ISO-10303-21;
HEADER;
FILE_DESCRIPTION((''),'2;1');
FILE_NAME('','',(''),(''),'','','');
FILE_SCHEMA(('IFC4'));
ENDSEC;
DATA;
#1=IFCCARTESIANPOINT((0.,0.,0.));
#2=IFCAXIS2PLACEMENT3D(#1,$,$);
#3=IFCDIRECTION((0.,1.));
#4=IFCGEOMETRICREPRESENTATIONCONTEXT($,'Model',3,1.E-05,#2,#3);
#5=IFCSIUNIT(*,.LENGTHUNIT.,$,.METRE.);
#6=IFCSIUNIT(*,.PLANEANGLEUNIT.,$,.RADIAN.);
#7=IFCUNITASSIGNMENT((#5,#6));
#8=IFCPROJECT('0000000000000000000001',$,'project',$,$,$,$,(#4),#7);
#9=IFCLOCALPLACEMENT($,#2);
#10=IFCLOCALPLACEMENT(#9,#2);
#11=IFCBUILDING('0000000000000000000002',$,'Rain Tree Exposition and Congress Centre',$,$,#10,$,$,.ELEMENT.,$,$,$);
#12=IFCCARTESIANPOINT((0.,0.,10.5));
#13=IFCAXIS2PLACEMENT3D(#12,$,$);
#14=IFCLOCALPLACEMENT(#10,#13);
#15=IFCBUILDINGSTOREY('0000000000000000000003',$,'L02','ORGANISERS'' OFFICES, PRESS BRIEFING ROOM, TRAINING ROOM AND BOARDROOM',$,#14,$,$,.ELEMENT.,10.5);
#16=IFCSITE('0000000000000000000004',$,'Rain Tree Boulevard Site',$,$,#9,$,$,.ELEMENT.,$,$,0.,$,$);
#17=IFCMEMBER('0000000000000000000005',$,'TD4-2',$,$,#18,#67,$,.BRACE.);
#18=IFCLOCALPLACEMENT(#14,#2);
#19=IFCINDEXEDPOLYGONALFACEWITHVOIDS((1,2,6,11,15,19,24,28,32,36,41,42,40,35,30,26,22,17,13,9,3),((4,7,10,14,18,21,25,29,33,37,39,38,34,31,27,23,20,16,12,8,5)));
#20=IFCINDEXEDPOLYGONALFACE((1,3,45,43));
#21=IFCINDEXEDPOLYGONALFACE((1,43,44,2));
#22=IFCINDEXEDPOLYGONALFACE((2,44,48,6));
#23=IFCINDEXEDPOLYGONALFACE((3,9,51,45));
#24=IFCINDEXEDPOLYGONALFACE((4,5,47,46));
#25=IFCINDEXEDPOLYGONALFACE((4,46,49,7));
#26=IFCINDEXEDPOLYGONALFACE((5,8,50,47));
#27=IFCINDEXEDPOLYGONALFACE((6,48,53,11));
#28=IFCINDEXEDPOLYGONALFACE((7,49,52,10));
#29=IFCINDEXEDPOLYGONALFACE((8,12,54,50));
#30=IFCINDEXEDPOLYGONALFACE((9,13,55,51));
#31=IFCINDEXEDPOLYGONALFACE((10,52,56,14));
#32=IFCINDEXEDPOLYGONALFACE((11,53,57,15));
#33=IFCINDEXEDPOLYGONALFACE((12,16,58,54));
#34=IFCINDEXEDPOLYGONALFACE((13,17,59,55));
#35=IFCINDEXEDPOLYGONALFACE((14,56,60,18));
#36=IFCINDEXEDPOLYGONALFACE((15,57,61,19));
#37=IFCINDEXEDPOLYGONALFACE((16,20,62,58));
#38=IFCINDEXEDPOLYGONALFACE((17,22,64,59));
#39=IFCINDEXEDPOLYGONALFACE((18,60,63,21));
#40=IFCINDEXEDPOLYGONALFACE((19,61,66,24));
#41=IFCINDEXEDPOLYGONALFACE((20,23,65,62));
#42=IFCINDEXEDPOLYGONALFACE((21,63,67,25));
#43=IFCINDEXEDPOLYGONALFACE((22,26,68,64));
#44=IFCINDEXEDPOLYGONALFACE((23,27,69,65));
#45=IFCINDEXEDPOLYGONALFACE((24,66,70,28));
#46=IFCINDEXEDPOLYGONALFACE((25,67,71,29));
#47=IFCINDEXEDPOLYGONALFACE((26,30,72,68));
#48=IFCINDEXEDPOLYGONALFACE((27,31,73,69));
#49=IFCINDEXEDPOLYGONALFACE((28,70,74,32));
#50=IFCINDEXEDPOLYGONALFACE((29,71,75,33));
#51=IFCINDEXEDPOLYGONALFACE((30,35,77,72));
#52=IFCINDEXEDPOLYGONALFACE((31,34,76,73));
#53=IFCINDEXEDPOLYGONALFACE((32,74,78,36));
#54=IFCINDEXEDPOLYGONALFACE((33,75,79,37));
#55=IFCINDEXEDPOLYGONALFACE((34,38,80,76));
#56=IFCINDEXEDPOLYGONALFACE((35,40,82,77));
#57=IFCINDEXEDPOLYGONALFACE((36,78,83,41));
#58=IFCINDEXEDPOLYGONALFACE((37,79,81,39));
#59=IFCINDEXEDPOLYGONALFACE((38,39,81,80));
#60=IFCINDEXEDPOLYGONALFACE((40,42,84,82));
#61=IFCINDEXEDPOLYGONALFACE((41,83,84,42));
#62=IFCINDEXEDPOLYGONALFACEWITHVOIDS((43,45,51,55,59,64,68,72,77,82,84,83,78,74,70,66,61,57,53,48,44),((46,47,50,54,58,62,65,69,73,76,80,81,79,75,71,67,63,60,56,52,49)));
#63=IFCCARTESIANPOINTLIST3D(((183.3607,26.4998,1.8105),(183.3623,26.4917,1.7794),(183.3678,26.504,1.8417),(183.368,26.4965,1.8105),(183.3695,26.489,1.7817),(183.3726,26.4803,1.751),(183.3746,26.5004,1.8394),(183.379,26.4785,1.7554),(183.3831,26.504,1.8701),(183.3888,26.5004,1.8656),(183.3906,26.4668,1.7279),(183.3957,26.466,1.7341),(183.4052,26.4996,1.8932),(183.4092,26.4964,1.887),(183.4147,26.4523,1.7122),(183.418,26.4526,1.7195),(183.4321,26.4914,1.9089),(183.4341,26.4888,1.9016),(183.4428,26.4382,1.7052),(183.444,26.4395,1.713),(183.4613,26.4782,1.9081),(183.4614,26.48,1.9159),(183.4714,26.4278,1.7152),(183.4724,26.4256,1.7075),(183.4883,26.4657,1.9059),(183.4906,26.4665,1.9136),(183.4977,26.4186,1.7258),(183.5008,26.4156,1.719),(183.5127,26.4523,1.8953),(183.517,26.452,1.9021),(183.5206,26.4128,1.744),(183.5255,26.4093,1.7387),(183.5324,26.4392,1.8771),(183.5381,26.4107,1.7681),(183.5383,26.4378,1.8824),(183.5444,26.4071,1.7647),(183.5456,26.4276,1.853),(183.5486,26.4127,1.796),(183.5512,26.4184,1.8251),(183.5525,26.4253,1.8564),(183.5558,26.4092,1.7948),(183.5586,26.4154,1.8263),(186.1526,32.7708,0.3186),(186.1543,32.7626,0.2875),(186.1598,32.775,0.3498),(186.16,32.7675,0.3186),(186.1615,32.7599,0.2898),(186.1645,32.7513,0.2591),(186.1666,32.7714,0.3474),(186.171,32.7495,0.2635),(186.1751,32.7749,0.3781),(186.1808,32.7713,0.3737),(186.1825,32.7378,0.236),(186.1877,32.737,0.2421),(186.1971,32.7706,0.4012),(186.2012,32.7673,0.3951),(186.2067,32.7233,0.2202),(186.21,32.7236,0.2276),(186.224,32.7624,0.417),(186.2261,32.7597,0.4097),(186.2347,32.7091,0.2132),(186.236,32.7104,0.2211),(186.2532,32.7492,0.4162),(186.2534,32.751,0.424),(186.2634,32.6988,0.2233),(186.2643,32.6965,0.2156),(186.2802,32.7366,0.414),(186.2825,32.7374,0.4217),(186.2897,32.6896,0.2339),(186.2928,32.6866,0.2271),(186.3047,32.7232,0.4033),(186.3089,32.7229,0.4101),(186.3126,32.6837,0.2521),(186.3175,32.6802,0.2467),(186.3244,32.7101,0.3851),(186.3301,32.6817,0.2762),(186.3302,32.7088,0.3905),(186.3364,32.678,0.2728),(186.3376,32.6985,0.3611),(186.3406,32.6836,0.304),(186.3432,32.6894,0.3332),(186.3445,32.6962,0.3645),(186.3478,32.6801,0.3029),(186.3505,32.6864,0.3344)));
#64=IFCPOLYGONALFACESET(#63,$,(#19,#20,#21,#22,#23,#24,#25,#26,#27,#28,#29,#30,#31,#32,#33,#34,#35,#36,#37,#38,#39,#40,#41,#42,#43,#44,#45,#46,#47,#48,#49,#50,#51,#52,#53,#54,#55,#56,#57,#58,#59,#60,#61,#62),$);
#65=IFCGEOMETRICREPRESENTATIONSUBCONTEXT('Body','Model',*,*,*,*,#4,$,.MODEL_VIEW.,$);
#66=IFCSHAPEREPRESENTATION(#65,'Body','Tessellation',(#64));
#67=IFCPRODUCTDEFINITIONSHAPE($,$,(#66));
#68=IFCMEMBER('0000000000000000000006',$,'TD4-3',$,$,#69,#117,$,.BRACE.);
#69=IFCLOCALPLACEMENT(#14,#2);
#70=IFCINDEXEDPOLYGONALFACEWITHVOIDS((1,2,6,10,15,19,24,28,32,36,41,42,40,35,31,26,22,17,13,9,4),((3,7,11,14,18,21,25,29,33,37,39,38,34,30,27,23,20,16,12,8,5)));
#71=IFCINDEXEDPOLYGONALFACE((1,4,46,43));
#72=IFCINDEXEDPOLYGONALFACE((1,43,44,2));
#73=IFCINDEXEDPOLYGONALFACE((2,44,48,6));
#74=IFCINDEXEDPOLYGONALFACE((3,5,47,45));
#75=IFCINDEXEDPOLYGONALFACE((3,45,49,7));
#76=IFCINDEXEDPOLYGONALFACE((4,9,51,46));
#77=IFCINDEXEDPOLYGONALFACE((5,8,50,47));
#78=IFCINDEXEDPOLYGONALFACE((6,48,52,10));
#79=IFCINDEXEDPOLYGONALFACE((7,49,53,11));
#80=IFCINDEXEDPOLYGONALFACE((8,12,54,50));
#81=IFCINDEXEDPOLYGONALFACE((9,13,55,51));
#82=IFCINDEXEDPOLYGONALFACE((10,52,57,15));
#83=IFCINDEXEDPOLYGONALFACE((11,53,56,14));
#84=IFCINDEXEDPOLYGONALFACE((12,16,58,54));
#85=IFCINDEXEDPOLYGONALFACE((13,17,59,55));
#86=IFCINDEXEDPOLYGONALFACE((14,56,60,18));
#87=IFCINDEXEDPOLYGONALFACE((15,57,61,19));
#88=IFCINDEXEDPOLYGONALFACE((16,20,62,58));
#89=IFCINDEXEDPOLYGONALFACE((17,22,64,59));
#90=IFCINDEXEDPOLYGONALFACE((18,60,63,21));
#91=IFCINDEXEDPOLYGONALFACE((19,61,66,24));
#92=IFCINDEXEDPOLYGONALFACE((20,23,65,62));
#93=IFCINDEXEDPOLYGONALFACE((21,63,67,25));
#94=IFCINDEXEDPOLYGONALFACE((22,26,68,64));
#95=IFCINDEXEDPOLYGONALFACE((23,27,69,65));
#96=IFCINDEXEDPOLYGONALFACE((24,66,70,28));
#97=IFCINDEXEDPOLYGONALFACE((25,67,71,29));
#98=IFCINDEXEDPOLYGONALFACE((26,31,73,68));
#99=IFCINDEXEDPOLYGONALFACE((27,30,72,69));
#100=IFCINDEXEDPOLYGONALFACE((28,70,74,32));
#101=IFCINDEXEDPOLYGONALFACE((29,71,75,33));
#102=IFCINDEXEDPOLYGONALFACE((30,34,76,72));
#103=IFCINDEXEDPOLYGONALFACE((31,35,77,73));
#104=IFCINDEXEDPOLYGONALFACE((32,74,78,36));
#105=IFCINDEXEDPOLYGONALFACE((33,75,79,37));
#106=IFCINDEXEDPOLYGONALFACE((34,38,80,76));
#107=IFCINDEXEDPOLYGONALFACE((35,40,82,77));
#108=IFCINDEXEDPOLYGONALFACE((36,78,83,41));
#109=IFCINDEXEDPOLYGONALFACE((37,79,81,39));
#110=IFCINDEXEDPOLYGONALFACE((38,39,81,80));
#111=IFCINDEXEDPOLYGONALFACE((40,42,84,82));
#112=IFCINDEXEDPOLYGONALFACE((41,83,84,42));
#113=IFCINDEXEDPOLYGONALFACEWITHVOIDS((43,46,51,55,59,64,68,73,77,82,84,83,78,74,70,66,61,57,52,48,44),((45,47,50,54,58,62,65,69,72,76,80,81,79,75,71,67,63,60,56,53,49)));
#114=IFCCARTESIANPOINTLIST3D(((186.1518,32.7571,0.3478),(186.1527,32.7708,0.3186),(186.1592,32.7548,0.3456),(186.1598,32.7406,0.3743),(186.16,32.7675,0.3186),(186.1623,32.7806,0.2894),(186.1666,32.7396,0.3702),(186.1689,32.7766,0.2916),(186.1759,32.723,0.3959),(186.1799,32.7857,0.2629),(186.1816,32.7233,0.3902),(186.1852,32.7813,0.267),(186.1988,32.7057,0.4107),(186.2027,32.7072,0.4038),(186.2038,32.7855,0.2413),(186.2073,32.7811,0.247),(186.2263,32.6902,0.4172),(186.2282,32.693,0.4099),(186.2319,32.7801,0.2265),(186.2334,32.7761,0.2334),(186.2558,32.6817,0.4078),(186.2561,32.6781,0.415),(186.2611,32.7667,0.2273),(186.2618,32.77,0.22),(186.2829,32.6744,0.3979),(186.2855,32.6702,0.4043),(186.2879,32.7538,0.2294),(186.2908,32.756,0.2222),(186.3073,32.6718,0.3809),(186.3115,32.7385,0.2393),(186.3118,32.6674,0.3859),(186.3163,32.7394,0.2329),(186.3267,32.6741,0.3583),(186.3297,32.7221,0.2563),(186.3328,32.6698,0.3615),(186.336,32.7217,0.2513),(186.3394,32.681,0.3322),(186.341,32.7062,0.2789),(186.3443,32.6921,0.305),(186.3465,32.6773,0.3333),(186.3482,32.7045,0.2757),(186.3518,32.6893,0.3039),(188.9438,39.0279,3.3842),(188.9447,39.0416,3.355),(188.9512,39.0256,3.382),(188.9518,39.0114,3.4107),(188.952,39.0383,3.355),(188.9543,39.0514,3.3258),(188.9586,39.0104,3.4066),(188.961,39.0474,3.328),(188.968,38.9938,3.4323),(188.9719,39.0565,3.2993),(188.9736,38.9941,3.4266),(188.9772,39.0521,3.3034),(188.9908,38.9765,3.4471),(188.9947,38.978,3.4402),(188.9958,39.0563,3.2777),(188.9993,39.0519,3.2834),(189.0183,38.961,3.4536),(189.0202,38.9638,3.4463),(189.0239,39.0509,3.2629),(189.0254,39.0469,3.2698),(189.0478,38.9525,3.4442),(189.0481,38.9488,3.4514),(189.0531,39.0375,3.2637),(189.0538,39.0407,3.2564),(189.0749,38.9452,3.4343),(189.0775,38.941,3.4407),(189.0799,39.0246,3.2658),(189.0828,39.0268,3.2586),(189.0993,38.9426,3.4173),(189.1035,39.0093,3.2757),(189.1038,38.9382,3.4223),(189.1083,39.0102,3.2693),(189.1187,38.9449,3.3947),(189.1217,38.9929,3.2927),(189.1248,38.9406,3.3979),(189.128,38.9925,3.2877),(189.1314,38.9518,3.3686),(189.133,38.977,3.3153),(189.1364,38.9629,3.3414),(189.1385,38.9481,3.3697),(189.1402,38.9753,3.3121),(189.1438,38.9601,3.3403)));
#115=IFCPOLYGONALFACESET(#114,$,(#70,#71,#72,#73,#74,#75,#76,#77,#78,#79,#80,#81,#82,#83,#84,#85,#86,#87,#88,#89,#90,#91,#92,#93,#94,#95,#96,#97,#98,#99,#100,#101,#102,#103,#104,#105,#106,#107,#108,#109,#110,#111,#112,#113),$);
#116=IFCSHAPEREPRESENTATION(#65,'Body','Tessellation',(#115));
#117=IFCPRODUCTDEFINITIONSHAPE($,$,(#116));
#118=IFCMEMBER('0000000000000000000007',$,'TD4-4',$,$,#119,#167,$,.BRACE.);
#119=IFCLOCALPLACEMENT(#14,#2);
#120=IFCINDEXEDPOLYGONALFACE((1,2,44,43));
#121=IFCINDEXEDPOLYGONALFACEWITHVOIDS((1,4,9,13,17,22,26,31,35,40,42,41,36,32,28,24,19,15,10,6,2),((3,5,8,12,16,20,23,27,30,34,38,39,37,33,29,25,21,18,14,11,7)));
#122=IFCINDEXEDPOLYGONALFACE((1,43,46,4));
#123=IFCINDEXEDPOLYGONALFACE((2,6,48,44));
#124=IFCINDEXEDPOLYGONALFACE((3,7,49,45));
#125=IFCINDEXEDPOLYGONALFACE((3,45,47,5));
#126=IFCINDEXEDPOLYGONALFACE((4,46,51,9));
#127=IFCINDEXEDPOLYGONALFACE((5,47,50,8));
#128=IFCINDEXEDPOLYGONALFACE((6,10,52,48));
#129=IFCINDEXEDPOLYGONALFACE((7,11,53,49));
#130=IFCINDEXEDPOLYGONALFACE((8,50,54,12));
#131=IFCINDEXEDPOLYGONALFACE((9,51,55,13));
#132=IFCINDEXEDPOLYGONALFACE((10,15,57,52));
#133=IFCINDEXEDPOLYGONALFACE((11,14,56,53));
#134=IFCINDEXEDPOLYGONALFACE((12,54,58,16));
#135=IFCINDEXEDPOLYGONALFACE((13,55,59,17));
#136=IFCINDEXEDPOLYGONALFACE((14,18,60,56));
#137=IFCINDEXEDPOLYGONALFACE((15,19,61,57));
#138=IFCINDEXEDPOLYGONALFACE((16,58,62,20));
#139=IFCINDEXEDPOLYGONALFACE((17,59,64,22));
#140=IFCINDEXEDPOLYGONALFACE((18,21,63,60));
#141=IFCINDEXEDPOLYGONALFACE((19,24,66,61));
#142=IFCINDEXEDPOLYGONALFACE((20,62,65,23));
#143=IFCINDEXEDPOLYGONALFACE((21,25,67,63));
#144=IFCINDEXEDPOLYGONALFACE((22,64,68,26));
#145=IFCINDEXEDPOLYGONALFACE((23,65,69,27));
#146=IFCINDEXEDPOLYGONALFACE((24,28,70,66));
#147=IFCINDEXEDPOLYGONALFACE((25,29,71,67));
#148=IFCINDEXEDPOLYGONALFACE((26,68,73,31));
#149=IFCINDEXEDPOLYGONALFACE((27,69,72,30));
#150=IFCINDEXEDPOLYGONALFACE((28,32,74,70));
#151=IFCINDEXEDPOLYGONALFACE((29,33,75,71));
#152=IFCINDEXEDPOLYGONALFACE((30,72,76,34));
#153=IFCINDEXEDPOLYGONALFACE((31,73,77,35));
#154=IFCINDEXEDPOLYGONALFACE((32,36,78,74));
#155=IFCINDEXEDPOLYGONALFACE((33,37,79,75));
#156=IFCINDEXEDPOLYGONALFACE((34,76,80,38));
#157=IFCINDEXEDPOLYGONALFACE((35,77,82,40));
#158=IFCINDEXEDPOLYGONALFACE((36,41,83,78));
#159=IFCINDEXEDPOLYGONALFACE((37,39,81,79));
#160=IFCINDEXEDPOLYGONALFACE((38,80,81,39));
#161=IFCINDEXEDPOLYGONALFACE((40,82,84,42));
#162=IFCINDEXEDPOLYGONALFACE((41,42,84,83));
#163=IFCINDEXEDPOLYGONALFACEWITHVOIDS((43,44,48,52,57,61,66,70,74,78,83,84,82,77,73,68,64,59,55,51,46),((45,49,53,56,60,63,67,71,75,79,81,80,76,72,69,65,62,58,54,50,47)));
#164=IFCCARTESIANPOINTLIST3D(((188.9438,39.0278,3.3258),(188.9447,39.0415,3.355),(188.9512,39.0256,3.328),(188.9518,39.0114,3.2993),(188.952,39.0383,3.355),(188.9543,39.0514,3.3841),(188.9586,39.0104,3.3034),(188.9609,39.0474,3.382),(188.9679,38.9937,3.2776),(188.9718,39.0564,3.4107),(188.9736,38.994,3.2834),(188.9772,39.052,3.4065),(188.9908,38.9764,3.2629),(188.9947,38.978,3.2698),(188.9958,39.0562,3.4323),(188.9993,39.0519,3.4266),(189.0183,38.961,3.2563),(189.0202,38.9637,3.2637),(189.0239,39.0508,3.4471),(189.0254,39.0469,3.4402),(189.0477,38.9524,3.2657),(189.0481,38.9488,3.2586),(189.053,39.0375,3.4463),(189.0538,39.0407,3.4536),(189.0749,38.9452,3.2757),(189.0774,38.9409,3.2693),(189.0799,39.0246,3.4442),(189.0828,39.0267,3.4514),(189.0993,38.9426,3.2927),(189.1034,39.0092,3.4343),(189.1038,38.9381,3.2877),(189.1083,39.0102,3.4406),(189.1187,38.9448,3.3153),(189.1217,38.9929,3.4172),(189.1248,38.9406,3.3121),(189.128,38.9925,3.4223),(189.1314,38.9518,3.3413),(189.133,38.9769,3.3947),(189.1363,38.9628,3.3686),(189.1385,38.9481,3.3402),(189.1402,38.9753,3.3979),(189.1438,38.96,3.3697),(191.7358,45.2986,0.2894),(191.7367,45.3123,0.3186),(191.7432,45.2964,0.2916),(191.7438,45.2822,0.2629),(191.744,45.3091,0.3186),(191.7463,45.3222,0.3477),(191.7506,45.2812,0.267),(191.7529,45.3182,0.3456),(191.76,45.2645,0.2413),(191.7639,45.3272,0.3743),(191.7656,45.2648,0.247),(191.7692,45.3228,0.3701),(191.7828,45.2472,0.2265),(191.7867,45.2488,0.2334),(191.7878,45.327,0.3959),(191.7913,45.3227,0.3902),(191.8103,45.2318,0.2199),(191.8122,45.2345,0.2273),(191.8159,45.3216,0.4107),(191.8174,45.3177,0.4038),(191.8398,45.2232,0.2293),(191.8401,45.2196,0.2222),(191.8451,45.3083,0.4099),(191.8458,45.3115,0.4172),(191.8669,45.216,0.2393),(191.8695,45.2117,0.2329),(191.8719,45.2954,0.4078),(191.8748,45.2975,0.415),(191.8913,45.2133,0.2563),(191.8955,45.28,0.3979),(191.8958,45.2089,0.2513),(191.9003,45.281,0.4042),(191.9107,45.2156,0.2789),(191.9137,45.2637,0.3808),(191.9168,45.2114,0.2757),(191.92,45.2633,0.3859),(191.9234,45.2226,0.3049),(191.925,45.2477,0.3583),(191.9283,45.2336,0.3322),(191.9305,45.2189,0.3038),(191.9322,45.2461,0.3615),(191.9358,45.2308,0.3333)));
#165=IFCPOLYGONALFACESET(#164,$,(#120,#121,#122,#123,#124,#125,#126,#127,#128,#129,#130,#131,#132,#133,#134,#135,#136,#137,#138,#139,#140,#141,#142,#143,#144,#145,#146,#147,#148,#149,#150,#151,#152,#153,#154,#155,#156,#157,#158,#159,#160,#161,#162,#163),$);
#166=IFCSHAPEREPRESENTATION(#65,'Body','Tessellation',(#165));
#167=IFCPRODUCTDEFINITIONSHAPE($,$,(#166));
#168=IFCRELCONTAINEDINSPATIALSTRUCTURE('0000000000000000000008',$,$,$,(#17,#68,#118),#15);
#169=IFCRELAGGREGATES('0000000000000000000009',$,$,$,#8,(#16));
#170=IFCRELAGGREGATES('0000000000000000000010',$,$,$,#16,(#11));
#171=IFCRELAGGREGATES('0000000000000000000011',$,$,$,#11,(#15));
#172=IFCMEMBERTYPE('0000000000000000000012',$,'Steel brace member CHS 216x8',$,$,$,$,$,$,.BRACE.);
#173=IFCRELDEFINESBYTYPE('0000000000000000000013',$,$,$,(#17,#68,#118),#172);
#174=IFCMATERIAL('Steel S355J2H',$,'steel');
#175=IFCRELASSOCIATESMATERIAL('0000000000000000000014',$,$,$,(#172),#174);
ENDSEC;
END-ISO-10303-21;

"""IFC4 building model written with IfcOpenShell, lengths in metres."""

from ifc_helpers import new_model, si_unit, direction, frame, origin, origin_2d, place, context, subcontext, project, spatial, hollow_circle, extrude, material, material_profile, profile_set, type_object, element, save


model = new_model("IFC4")

# Units and contexts
model_context = context("Model", 3, precision=1e-05, world=origin(), true_north=direction((0.0, 1.0)))
body_context = subcontext(model_context, "Body", "Model", "MODEL_VIEW")
ifc_project = project(units=[si_unit("LENGTHUNIT", "METRE"), si_unit("PLANEANGLEUNIT", "RADIAN")], contexts=[model_context])

# Site, building, storey
site_placement = place(None, origin())
site = spatial("IfcSite", under=ifc_project, at=site_placement, Name="Rain Tree Boulevard Site", CompositionType="ELEMENT", RefElevation=0.0)
building_placement = place(site_placement, origin())
building = spatial("IfcBuilding", under=site, at=building_placement, Name="Rain Tree Exposition and Congress Centre", CompositionType="ELEMENT")
storey_placement = place(building_placement, frame((0.0, 0.0, 10.5)))
storey = spatial("IfcBuildingStorey", under=building, at=storey_placement, Name="L02", Description="ORGANISERS' OFFICES, PRESS BRIEFING ROOM, TRAINING ROOM AND BOARDROOM", CompositionType="ELEMENT", Elevation=10.5)

# Members
ifc_material_1 = material(Name="Steel S355J2H", Category="steel")
ifc_material_profile_1 = material_profile(ifc_material_1, hollow_circle(Radius=0.1082, WallThickness=0.0081, at=origin_2d()), Name="CHS 216x8")
ifc_profile_set_1 = profile_set([ifc_material_profile_1], Name="Steel S355J2H")
member_type_1 = type_object("IfcMemberType", Name="Steel brace member CHS 216x8", PredefinedType="BRACE", material=ifc_profile_set_1)
member_1_placement = place(storey_placement, frame((183.4595, 26.4558, 1.8105), z_axis=(0.397453, 0.892706, -0.212385), x_axis=(-0.913547, 0.406732, 0.0)))
element("IfcMember", 1, at=member_1_placement, inside=storey, type_object=member_type_1, Name="TD4-2", PredefinedType="BRACE", context=body_context, shape_type="SweptSolid", body=[
    extrude(hollow_circle(Radius=0.1082, WallThickness=0.0081, at=origin_2d()), origin(), (0.0, 0.0, 1.0), 7.0247),
])
for number, where, z_axis, x_axis, name in (
    (2, (186.2515, 32.7268, 0.3186), (0.371978, 0.835453, 0.404537), (-0.913541, 0.406746, 0.0), "TD4-3"),
    (3, (189.0435, 38.9976, 3.355), (0.371978, 0.835453, -0.404537), (-0.913541, 0.406746, 0.0), "TD4-4"),
):
    element("IfcMember", number, at=place(storey_placement, frame(where, z_axis=z_axis, x_axis=x_axis)), inside=storey, type_object=member_type_1, Name=name, PredefinedType="BRACE", context=body_context, shape_type="SweptSolid", body=[
        extrude(hollow_circle(Radius=0.1082, WallThickness=0.0081, at=origin_2d()), origin(), (0.0, 0.0, 1.0), 7.5059),
    ])

save(model, "model.ifc")
